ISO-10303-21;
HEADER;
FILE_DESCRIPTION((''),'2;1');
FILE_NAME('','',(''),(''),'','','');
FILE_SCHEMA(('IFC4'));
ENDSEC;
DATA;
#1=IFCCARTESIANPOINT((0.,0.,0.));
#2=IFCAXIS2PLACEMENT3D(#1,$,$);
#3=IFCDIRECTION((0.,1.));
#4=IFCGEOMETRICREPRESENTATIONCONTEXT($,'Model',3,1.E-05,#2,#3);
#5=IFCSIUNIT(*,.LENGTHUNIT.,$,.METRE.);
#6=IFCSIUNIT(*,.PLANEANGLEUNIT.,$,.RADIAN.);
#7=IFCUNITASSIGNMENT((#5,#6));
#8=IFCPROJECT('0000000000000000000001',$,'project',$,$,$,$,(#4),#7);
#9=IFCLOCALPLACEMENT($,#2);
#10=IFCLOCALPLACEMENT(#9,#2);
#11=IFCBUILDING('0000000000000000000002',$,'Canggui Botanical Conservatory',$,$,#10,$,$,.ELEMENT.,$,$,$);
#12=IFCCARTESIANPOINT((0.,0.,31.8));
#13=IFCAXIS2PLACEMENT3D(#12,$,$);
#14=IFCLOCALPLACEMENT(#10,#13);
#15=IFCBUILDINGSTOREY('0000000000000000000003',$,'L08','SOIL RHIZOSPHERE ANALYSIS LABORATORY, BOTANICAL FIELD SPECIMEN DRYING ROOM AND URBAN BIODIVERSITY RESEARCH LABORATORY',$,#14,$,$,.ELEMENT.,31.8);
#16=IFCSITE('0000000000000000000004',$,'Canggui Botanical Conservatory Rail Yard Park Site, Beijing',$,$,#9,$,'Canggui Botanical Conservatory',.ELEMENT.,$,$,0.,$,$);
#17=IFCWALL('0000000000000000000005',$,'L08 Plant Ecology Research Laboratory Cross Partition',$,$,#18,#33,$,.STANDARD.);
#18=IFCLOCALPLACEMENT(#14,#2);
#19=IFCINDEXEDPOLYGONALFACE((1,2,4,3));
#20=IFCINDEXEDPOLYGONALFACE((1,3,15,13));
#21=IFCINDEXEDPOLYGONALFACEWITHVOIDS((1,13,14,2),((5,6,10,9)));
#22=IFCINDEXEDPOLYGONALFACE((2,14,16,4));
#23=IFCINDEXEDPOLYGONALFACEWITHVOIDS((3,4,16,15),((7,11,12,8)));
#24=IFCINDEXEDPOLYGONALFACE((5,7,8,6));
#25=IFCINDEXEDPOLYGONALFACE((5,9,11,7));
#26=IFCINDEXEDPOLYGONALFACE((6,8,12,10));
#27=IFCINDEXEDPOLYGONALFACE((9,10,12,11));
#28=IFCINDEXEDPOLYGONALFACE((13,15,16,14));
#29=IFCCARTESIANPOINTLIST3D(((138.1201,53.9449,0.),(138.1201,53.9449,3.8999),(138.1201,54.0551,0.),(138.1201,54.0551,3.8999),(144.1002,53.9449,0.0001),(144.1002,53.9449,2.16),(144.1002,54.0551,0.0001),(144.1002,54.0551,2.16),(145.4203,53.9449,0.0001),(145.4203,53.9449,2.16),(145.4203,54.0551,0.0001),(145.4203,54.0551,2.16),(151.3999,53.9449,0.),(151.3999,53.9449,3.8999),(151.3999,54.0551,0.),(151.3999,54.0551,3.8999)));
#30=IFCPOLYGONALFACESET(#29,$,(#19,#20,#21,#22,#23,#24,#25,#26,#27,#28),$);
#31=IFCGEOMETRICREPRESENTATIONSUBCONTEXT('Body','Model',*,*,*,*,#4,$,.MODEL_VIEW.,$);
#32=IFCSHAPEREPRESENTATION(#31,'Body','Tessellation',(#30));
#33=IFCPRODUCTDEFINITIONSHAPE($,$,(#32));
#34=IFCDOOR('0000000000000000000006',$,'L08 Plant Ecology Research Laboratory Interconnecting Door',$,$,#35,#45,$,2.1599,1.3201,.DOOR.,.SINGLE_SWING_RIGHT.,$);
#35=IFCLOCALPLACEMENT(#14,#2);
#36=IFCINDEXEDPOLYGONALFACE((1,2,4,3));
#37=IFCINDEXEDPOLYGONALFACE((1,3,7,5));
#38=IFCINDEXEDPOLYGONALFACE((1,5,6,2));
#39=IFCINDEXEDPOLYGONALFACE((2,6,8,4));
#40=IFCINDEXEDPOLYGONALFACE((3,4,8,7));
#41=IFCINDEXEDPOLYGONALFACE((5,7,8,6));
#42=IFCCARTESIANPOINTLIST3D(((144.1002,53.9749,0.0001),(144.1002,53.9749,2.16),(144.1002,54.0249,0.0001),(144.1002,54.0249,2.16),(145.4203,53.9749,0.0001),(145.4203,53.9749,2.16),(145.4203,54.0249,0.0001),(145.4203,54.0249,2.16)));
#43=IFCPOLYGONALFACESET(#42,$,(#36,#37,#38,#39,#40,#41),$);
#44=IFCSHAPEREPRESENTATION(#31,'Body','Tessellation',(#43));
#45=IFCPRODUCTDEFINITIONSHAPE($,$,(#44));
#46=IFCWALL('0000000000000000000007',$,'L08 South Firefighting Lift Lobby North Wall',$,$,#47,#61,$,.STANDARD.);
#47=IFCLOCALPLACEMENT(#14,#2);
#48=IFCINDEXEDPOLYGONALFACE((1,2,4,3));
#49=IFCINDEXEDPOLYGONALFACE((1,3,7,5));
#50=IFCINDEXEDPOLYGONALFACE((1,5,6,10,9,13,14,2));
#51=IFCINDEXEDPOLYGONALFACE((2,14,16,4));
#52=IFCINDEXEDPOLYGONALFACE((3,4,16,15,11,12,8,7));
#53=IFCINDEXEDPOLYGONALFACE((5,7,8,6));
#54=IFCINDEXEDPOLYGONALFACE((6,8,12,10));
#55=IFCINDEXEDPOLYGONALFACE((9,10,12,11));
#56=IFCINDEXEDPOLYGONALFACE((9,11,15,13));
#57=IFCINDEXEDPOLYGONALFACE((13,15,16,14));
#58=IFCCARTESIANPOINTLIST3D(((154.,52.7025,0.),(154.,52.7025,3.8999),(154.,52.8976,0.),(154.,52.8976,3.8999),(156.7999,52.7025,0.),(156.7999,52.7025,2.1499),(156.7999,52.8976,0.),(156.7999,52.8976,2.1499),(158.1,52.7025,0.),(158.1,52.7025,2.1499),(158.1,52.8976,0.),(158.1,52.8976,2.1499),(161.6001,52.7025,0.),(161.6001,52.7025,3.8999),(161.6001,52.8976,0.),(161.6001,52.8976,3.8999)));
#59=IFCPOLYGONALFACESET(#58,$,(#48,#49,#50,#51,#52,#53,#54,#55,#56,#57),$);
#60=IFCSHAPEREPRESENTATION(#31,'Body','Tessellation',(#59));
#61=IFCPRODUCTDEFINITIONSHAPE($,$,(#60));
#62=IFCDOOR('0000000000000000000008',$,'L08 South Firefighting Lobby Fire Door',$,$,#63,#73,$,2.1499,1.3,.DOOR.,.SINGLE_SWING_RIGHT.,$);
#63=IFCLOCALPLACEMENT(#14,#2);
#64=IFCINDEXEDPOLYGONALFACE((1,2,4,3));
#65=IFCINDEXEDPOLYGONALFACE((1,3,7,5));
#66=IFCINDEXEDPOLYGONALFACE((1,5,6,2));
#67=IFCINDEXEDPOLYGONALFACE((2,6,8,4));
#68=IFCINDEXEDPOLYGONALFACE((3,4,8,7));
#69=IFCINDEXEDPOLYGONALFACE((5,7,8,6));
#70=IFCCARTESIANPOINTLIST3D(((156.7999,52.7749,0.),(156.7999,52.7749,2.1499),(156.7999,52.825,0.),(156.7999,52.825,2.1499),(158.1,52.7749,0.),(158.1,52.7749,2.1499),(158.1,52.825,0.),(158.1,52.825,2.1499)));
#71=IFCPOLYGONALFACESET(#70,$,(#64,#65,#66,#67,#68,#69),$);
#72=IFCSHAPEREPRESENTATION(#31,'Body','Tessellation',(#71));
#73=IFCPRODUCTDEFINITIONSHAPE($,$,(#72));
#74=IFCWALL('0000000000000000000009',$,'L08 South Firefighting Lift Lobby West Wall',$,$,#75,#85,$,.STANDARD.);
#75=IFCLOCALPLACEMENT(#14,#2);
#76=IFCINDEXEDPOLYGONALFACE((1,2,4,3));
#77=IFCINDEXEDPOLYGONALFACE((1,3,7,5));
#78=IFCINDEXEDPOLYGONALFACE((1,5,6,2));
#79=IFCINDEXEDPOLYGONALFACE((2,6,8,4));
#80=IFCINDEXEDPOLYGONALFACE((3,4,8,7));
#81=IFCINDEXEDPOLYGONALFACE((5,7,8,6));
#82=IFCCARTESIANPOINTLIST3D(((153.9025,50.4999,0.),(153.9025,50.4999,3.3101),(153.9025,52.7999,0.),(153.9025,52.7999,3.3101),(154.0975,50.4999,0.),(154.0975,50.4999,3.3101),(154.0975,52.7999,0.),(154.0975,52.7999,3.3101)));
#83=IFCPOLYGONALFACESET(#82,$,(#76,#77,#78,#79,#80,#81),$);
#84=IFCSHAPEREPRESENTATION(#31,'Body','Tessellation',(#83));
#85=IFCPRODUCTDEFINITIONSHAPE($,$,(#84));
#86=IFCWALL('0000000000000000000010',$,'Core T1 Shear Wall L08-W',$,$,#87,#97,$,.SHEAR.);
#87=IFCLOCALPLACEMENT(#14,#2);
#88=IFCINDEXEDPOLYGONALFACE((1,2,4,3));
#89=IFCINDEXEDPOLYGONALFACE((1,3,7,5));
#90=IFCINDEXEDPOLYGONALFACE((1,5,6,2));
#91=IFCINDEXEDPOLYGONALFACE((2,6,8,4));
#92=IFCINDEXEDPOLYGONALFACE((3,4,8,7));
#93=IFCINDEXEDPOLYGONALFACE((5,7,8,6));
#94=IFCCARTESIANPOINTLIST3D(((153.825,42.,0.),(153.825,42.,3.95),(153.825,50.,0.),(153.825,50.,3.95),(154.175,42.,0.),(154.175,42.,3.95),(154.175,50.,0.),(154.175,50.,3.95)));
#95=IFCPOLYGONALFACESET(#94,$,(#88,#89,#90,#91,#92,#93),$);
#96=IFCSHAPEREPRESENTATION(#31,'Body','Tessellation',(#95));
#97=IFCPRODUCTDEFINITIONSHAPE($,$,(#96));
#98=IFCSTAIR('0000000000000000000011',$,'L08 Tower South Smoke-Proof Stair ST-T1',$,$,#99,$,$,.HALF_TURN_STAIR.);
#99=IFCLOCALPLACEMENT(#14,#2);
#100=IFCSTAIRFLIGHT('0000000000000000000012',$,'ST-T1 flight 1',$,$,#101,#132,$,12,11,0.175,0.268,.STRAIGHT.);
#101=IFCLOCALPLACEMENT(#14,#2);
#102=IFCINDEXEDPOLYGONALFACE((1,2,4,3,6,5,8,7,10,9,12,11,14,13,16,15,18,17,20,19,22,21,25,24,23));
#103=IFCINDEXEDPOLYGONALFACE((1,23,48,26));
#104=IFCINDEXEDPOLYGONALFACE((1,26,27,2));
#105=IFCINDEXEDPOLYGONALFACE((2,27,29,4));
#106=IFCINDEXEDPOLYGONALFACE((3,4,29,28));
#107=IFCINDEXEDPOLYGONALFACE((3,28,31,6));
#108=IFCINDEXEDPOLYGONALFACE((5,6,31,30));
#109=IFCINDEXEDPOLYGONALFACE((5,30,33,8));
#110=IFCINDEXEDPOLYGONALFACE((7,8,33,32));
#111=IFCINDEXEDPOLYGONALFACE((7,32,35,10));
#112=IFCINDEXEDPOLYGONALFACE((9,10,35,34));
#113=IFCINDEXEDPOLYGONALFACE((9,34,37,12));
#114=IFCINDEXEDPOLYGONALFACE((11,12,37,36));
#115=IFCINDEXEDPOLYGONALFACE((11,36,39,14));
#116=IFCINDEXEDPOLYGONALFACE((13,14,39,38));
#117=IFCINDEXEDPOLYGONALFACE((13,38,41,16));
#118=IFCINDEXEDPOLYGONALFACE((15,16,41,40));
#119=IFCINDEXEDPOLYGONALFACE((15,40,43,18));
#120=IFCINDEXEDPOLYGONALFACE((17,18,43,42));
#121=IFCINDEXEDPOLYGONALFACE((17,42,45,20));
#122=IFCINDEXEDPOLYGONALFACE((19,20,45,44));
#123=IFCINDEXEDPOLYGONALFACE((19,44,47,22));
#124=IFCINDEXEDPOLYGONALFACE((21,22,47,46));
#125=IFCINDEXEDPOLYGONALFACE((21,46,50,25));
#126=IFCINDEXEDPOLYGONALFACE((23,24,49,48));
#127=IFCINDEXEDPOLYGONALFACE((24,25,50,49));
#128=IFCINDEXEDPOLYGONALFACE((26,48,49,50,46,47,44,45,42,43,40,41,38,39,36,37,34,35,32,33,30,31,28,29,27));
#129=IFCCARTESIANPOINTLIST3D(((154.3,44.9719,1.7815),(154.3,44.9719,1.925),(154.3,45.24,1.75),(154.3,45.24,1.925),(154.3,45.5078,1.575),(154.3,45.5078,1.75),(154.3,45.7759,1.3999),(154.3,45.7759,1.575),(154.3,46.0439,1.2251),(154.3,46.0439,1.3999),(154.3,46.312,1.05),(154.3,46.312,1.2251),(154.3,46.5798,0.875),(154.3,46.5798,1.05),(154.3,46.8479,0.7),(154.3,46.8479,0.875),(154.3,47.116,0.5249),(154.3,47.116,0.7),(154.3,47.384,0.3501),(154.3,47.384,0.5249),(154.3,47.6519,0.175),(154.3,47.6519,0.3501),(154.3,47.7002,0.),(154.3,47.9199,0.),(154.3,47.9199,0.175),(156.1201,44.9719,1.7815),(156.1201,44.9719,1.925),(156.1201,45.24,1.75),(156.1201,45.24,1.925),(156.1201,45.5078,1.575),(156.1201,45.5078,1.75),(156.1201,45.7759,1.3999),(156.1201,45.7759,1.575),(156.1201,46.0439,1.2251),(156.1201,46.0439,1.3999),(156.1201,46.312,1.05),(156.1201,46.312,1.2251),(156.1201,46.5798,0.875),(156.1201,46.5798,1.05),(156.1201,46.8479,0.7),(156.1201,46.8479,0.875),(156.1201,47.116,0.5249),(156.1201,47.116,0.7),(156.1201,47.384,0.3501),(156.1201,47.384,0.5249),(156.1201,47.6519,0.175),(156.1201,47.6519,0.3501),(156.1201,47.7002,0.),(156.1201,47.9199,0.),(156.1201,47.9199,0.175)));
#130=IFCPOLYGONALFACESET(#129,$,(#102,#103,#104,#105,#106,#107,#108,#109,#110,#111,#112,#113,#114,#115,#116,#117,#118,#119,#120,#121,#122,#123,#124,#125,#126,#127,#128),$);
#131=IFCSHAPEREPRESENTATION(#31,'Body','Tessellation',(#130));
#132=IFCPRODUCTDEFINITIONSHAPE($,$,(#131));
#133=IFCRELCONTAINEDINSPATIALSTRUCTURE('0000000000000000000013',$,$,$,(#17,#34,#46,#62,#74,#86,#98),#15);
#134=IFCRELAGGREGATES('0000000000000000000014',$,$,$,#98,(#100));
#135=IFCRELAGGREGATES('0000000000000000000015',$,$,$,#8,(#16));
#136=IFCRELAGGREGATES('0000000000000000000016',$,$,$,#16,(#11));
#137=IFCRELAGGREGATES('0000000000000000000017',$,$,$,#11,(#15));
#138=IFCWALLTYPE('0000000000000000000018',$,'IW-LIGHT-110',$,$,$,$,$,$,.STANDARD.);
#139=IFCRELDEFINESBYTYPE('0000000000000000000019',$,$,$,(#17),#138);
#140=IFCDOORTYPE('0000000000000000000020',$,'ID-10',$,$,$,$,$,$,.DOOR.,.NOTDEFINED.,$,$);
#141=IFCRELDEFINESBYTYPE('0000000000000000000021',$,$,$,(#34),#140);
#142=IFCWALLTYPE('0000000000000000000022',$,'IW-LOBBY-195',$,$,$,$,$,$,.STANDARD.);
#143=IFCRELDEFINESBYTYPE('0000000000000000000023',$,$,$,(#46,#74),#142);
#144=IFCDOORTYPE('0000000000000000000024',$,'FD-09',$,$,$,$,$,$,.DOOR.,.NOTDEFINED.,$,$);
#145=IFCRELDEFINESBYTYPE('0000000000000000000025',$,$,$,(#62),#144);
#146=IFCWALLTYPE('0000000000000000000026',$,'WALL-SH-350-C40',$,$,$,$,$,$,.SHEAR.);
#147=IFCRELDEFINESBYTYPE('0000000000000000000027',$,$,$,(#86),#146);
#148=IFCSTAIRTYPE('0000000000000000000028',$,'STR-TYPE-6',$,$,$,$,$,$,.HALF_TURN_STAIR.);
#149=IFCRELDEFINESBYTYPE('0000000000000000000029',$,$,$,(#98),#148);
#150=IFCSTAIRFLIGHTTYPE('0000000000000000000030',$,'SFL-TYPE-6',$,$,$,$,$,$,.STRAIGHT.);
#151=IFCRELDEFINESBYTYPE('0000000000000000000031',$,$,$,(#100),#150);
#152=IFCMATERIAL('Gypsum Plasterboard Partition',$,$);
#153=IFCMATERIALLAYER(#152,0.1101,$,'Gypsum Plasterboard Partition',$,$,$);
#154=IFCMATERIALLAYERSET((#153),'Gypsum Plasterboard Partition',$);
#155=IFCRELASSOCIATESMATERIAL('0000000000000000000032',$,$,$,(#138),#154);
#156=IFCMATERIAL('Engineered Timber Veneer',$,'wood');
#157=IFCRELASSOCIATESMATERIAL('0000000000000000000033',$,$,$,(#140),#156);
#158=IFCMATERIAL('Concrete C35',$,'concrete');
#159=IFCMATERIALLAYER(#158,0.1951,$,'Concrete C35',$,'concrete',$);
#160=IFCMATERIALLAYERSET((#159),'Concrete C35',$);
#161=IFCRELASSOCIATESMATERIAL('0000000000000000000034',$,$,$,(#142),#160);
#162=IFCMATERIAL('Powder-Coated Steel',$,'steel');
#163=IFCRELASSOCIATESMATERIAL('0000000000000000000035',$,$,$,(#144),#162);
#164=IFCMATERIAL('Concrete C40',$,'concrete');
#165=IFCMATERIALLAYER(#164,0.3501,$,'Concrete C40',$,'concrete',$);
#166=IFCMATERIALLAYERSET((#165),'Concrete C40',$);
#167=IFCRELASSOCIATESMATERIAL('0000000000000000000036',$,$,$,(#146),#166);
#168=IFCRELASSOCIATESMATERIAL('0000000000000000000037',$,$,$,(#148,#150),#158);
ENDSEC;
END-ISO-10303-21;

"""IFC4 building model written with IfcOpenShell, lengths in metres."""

from ifc_helpers import new_model, si_unit, direction, frame, frame_2d, origin, place, context, subcontext, project, spatial, polyline, rectangle, outline, extrude, material, layer, layer_set, type_object, element, fill, aggregate, save


model = new_model("IFC4")

# Units and contexts
model_context = context("Model", 3, precision=1e-05, world=origin(), true_north=direction((0.0, 1.0)))
body_context = subcontext(model_context, "Body", "Model", "MODEL_VIEW")
ifc_project = project(units=[si_unit("LENGTHUNIT", "METRE"), si_unit("PLANEANGLEUNIT", "RADIAN")], contexts=[model_context])

# Site, building, storey
site_placement = place(None, origin())
site = spatial("IfcSite", under=ifc_project, at=site_placement, Name="Canggui Botanical Conservatory Rail Yard Park Site, Beijing", LongName="Canggui Botanical Conservatory", CompositionType="ELEMENT", RefElevation=0.0)
building_placement = place(site_placement, origin())
building = spatial("IfcBuilding", under=site, at=building_placement, Name="Canggui Botanical Conservatory", CompositionType="ELEMENT")
storey_placement = place(building_placement, frame((0.0, 0.0, 31.8)))
storey = spatial("IfcBuildingStorey", under=building, at=storey_placement, Name="L08", Description="SOIL RHIZOSPHERE ANALYSIS LABORATORY, BOTANICAL FIELD SPECIMEN DRYING ROOM AND URBAN BIODIVERSITY RESEARCH LABORATORY", CompositionType="ELEMENT", Elevation=31.8)

# Shared definitions
ifc_material_1 = material(Name="Concrete C40", Category="concrete")

# Shared definitions
ifc_material_2 = material(Name="Concrete C35", Category="concrete")

# Walls, openings, doors
ifc_material_3 = material(Name="Gypsum Plasterboard Partition")
ifc_material_4 = material(Name="Powder-Coated Steel", Category="steel")
ifc_layer_1 = layer(ifc_material_3, 0.1101, Name="Gypsum Plasterboard Partition")
ifc_layer_set_1 = layer_set([ifc_layer_1], Name="Gypsum Plasterboard Partition")
wall_type_1 = type_object("IfcWallType", Name="IW-LIGHT-110", PredefinedType="STANDARD", material=ifc_layer_set_1)
wall_1_placement = place(storey_placement, frame((138.1201, 54.0, 0.0), z_axis=(0.0, 0.0, 1.0), x_axis=(1.0, 0.0, 0.0)))
wall_1 = element("IfcWall", 1, at=wall_1_placement, inside=storey, type_object=wall_type_1, Name="L08 Plant Ecology Research Laboratory Cross Partition", PredefinedType="STANDARD", context=body_context, shape_type="SweptSolid", body=[
    extrude(rectangle(XDim=13.2798, YDim=0.1101, at=frame_2d((6.6399, 0.0))), origin(), (0.0, 0.0, 1.0), 3.8999),
])
opening_1_placement = place(wall_1_placement, frame((5.98, 0.0, 0.0)))
opening_1 = element("IfcOpeningElement", 2, at=opening_1_placement, cuts=wall_1, PredefinedType="OPENING", context=body_context, shape_type="SweptSolid", body=[
    extrude(rectangle(XDim=1.3201, YDim=2.1599, at=frame_2d((0.6602, 1.0801))), frame((0.0, 0.0649, 0.0), z_axis=(0.0, -1.0, 0.0), x_axis=(1.0, 0.0, 0.0)), (0.0, 0.0, 1.0), 0.1301),
])
ifc_material_5 = material(Name="Engineered Timber Veneer", Category="wood")
door_type_1 = type_object("IfcDoorType", Name="ID-10", OperationType="NOTDEFINED", PredefinedType="DOOR", material=ifc_material_5)
door_1_placement = place(opening_1_placement, origin())
door_1 = element("IfcDoor", 3, at=door_1_placement, inside=storey, type_object=door_type_1, Name="L08 Plant Ecology Research Laboratory Interconnecting Door", OperationType="SINGLE_SWING_RIGHT", OverallHeight=2.1599, OverallWidth=1.3201, PredefinedType="DOOR", context=body_context, shape_type="SweptSolid", body=[
    extrude(rectangle(XDim=1.3201, YDim=2.1599, at=frame_2d((0.6602, 1.0801))), frame((0.0, 0.0249, 0.0), z_axis=(0.0, -1.0, 0.0), x_axis=(1.0, 0.0, 0.0)), (0.0, 0.0, 1.0), 0.05),
])
fill(opening_1, door_1)
ifc_layer_2 = layer(ifc_material_2, 0.1951, Name="Concrete C35", Category="concrete")
ifc_layer_set_2 = layer_set([ifc_layer_2], Name="Concrete C35")
wall_type_2 = type_object("IfcWallType", Name="IW-LOBBY-195", PredefinedType="STANDARD", material=ifc_layer_set_2)
wall_2_placement = place(storey_placement, frame((154.0, 52.8, 0.0), z_axis=(0.0, 0.0, 1.0), x_axis=(1.0, 0.0, 0.0)))
wall_2 = element("IfcWall", 4, at=wall_2_placement, inside=storey, type_object=wall_type_2, Name="L08 South Firefighting Lift Lobby North Wall", PredefinedType="STANDARD", context=body_context, shape_type="SweptSolid", body=[
    extrude(rectangle(XDim=7.6001, YDim=0.1951, at=frame_2d((3.8, 0.0))), origin(), (0.0, 0.0, 1.0), 3.8999),
])
opening_2_placement = place(wall_2_placement, frame((2.8, 0.0, 0.0)))
opening_2 = element("IfcOpeningElement", 5, at=opening_2_placement, cuts=wall_2, PredefinedType="OPENING", context=body_context, shape_type="SweptSolid", body=[
    extrude(rectangle(XDim=1.3, YDim=2.1499, at=frame_2d((0.6499, 1.075))), frame((0.0, 0.1074, 0.0), z_axis=(0.0, -1.0, 0.0), x_axis=(1.0, 0.0, 0.0)), (0.0, 0.0, 1.0), 0.2151),
])
door_type_2 = type_object("IfcDoorType", Name="FD-09", OperationType="NOTDEFINED", PredefinedType="DOOR", material=ifc_material_4)
door_2_placement = place(opening_2_placement, origin())
door_2 = element("IfcDoor", 6, at=door_2_placement, inside=storey, type_object=door_type_2, Name="L08 South Firefighting Lobby Fire Door", OperationType="SINGLE_SWING_RIGHT", OverallHeight=2.1499, OverallWidth=1.3, PredefinedType="DOOR", context=body_context, shape_type="SweptSolid", body=[
    extrude(rectangle(XDim=1.3, YDim=2.1499, at=frame_2d((0.6499, 1.075))), frame((0.0, 0.0249, 0.0), z_axis=(0.0, -1.0, 0.0), x_axis=(1.0, 0.0, 0.0)), (0.0, 0.0, 1.0), 0.05),
])
fill(opening_2, door_2)

# Walls
wall_3_placement = place(storey_placement, frame((154.0, 50.5, 0.0), z_axis=(0.0, 0.0, 1.0), x_axis=(0.0, 1.0, 0.0)))
element("IfcWall", 7, at=wall_3_placement, inside=storey, type_object=wall_type_2, Name="L08 South Firefighting Lift Lobby West Wall", PredefinedType="STANDARD", context=body_context, shape_type="SweptSolid", body=[
    extrude(rectangle(XDim=2.3, YDim=0.1951, at=frame_2d((1.1499, 0.0))), origin(), (0.0, 0.0, 1.0), 3.3101),
])
ifc_layer_3 = layer(ifc_material_1, 0.3501, Name="Concrete C40", Category="concrete")
ifc_layer_set_3 = layer_set([ifc_layer_3], Name="Concrete C40")
wall_type_3 = type_object("IfcWallType", Name="WALL-SH-350-C40", PredefinedType="SHEAR", material=ifc_layer_set_3)
wall_4_placement = place(storey_placement, frame((154.0, 50.0, 0.0), z_axis=(0.0, 0.0, 1.0), x_axis=(0.0, -1.0, 0.0)))
element("IfcWall", 8, at=wall_4_placement, inside=storey, type_object=wall_type_3, Name="Core T1 Shear Wall L08-W", PredefinedType="SHEAR", context=body_context, shape_type="SweptSolid", body=[
    extrude(rectangle(XDim=8.0, YDim=0.3501, at=frame_2d((4.0, 0.0))), origin(), (0.0, 0.0, 1.0), 3.95),
])

# Stair, stair flight
stair_type = type_object("IfcStairType", Name="STR-TYPE-6", PredefinedType="HALF_TURN_STAIR", material=ifc_material_2)
stair_placement = place(storey_placement, origin())
stair = element("IfcStair", 9, at=stair_placement, inside=storey, type_object=stair_type, Name="L08 Tower South Smoke-Proof Stair ST-T1", PredefinedType="HALF_TURN_STAIR")
stair_flight_type = type_object("IfcStairFlightType", Name="SFL-TYPE-6", PredefinedType="STRAIGHT", material=ifc_material_2)
stair_flight_placement = place(storey_placement, frame((155.21, 47.9199, 0.0), z_axis=(0.0, 0.0, 1.0), x_axis=(0.0, -1.0, 0.0)))
stair_flight = element("IfcStairFlight", 10, at=stair_flight_placement, type_object=stair_flight_type, Name="ST-T1 flight 1", NumberOfRisers=12, NumberOfTreads=11, PredefinedType="STRAIGHT", RiserHeight=0.175, TreadLength=0.268, context=body_context, shape_type="SweptSolid", body=[
    extrude(outline(polyline([(0.0, 0.0), (0.0, 0.175), (0.2681, 0.175), (0.2681, 0.3501), (0.5359, 0.3501), (0.5359, 0.5249), (0.804, 0.5249), (0.804, 0.7), (1.072, 0.7), (1.072, 0.875), (1.3401, 0.875), (1.3401, 1.05), (1.6079, 1.05), (1.6079, 1.2251), (1.876, 1.2251), (1.876, 1.3999), (2.144, 1.3999), (2.144, 1.575), (2.4121, 1.575), (2.4121, 1.75), (2.6799, 1.75), (2.6799, 1.925), (2.948, 1.925), (2.948, 2.1001), (2.948, 1.7815), (0.2197, 0.0), (0.0, 0.0)])), frame((0.0, 0.9102, 0.0), z_axis=(0.0, -1.0, 0.0), x_axis=(1.0, 0.0, 0.0)), (0.0, 0.0, 1.0), 1.8201),
])
aggregate(stair, [stair_flight])

save(model, "model.ifc")
